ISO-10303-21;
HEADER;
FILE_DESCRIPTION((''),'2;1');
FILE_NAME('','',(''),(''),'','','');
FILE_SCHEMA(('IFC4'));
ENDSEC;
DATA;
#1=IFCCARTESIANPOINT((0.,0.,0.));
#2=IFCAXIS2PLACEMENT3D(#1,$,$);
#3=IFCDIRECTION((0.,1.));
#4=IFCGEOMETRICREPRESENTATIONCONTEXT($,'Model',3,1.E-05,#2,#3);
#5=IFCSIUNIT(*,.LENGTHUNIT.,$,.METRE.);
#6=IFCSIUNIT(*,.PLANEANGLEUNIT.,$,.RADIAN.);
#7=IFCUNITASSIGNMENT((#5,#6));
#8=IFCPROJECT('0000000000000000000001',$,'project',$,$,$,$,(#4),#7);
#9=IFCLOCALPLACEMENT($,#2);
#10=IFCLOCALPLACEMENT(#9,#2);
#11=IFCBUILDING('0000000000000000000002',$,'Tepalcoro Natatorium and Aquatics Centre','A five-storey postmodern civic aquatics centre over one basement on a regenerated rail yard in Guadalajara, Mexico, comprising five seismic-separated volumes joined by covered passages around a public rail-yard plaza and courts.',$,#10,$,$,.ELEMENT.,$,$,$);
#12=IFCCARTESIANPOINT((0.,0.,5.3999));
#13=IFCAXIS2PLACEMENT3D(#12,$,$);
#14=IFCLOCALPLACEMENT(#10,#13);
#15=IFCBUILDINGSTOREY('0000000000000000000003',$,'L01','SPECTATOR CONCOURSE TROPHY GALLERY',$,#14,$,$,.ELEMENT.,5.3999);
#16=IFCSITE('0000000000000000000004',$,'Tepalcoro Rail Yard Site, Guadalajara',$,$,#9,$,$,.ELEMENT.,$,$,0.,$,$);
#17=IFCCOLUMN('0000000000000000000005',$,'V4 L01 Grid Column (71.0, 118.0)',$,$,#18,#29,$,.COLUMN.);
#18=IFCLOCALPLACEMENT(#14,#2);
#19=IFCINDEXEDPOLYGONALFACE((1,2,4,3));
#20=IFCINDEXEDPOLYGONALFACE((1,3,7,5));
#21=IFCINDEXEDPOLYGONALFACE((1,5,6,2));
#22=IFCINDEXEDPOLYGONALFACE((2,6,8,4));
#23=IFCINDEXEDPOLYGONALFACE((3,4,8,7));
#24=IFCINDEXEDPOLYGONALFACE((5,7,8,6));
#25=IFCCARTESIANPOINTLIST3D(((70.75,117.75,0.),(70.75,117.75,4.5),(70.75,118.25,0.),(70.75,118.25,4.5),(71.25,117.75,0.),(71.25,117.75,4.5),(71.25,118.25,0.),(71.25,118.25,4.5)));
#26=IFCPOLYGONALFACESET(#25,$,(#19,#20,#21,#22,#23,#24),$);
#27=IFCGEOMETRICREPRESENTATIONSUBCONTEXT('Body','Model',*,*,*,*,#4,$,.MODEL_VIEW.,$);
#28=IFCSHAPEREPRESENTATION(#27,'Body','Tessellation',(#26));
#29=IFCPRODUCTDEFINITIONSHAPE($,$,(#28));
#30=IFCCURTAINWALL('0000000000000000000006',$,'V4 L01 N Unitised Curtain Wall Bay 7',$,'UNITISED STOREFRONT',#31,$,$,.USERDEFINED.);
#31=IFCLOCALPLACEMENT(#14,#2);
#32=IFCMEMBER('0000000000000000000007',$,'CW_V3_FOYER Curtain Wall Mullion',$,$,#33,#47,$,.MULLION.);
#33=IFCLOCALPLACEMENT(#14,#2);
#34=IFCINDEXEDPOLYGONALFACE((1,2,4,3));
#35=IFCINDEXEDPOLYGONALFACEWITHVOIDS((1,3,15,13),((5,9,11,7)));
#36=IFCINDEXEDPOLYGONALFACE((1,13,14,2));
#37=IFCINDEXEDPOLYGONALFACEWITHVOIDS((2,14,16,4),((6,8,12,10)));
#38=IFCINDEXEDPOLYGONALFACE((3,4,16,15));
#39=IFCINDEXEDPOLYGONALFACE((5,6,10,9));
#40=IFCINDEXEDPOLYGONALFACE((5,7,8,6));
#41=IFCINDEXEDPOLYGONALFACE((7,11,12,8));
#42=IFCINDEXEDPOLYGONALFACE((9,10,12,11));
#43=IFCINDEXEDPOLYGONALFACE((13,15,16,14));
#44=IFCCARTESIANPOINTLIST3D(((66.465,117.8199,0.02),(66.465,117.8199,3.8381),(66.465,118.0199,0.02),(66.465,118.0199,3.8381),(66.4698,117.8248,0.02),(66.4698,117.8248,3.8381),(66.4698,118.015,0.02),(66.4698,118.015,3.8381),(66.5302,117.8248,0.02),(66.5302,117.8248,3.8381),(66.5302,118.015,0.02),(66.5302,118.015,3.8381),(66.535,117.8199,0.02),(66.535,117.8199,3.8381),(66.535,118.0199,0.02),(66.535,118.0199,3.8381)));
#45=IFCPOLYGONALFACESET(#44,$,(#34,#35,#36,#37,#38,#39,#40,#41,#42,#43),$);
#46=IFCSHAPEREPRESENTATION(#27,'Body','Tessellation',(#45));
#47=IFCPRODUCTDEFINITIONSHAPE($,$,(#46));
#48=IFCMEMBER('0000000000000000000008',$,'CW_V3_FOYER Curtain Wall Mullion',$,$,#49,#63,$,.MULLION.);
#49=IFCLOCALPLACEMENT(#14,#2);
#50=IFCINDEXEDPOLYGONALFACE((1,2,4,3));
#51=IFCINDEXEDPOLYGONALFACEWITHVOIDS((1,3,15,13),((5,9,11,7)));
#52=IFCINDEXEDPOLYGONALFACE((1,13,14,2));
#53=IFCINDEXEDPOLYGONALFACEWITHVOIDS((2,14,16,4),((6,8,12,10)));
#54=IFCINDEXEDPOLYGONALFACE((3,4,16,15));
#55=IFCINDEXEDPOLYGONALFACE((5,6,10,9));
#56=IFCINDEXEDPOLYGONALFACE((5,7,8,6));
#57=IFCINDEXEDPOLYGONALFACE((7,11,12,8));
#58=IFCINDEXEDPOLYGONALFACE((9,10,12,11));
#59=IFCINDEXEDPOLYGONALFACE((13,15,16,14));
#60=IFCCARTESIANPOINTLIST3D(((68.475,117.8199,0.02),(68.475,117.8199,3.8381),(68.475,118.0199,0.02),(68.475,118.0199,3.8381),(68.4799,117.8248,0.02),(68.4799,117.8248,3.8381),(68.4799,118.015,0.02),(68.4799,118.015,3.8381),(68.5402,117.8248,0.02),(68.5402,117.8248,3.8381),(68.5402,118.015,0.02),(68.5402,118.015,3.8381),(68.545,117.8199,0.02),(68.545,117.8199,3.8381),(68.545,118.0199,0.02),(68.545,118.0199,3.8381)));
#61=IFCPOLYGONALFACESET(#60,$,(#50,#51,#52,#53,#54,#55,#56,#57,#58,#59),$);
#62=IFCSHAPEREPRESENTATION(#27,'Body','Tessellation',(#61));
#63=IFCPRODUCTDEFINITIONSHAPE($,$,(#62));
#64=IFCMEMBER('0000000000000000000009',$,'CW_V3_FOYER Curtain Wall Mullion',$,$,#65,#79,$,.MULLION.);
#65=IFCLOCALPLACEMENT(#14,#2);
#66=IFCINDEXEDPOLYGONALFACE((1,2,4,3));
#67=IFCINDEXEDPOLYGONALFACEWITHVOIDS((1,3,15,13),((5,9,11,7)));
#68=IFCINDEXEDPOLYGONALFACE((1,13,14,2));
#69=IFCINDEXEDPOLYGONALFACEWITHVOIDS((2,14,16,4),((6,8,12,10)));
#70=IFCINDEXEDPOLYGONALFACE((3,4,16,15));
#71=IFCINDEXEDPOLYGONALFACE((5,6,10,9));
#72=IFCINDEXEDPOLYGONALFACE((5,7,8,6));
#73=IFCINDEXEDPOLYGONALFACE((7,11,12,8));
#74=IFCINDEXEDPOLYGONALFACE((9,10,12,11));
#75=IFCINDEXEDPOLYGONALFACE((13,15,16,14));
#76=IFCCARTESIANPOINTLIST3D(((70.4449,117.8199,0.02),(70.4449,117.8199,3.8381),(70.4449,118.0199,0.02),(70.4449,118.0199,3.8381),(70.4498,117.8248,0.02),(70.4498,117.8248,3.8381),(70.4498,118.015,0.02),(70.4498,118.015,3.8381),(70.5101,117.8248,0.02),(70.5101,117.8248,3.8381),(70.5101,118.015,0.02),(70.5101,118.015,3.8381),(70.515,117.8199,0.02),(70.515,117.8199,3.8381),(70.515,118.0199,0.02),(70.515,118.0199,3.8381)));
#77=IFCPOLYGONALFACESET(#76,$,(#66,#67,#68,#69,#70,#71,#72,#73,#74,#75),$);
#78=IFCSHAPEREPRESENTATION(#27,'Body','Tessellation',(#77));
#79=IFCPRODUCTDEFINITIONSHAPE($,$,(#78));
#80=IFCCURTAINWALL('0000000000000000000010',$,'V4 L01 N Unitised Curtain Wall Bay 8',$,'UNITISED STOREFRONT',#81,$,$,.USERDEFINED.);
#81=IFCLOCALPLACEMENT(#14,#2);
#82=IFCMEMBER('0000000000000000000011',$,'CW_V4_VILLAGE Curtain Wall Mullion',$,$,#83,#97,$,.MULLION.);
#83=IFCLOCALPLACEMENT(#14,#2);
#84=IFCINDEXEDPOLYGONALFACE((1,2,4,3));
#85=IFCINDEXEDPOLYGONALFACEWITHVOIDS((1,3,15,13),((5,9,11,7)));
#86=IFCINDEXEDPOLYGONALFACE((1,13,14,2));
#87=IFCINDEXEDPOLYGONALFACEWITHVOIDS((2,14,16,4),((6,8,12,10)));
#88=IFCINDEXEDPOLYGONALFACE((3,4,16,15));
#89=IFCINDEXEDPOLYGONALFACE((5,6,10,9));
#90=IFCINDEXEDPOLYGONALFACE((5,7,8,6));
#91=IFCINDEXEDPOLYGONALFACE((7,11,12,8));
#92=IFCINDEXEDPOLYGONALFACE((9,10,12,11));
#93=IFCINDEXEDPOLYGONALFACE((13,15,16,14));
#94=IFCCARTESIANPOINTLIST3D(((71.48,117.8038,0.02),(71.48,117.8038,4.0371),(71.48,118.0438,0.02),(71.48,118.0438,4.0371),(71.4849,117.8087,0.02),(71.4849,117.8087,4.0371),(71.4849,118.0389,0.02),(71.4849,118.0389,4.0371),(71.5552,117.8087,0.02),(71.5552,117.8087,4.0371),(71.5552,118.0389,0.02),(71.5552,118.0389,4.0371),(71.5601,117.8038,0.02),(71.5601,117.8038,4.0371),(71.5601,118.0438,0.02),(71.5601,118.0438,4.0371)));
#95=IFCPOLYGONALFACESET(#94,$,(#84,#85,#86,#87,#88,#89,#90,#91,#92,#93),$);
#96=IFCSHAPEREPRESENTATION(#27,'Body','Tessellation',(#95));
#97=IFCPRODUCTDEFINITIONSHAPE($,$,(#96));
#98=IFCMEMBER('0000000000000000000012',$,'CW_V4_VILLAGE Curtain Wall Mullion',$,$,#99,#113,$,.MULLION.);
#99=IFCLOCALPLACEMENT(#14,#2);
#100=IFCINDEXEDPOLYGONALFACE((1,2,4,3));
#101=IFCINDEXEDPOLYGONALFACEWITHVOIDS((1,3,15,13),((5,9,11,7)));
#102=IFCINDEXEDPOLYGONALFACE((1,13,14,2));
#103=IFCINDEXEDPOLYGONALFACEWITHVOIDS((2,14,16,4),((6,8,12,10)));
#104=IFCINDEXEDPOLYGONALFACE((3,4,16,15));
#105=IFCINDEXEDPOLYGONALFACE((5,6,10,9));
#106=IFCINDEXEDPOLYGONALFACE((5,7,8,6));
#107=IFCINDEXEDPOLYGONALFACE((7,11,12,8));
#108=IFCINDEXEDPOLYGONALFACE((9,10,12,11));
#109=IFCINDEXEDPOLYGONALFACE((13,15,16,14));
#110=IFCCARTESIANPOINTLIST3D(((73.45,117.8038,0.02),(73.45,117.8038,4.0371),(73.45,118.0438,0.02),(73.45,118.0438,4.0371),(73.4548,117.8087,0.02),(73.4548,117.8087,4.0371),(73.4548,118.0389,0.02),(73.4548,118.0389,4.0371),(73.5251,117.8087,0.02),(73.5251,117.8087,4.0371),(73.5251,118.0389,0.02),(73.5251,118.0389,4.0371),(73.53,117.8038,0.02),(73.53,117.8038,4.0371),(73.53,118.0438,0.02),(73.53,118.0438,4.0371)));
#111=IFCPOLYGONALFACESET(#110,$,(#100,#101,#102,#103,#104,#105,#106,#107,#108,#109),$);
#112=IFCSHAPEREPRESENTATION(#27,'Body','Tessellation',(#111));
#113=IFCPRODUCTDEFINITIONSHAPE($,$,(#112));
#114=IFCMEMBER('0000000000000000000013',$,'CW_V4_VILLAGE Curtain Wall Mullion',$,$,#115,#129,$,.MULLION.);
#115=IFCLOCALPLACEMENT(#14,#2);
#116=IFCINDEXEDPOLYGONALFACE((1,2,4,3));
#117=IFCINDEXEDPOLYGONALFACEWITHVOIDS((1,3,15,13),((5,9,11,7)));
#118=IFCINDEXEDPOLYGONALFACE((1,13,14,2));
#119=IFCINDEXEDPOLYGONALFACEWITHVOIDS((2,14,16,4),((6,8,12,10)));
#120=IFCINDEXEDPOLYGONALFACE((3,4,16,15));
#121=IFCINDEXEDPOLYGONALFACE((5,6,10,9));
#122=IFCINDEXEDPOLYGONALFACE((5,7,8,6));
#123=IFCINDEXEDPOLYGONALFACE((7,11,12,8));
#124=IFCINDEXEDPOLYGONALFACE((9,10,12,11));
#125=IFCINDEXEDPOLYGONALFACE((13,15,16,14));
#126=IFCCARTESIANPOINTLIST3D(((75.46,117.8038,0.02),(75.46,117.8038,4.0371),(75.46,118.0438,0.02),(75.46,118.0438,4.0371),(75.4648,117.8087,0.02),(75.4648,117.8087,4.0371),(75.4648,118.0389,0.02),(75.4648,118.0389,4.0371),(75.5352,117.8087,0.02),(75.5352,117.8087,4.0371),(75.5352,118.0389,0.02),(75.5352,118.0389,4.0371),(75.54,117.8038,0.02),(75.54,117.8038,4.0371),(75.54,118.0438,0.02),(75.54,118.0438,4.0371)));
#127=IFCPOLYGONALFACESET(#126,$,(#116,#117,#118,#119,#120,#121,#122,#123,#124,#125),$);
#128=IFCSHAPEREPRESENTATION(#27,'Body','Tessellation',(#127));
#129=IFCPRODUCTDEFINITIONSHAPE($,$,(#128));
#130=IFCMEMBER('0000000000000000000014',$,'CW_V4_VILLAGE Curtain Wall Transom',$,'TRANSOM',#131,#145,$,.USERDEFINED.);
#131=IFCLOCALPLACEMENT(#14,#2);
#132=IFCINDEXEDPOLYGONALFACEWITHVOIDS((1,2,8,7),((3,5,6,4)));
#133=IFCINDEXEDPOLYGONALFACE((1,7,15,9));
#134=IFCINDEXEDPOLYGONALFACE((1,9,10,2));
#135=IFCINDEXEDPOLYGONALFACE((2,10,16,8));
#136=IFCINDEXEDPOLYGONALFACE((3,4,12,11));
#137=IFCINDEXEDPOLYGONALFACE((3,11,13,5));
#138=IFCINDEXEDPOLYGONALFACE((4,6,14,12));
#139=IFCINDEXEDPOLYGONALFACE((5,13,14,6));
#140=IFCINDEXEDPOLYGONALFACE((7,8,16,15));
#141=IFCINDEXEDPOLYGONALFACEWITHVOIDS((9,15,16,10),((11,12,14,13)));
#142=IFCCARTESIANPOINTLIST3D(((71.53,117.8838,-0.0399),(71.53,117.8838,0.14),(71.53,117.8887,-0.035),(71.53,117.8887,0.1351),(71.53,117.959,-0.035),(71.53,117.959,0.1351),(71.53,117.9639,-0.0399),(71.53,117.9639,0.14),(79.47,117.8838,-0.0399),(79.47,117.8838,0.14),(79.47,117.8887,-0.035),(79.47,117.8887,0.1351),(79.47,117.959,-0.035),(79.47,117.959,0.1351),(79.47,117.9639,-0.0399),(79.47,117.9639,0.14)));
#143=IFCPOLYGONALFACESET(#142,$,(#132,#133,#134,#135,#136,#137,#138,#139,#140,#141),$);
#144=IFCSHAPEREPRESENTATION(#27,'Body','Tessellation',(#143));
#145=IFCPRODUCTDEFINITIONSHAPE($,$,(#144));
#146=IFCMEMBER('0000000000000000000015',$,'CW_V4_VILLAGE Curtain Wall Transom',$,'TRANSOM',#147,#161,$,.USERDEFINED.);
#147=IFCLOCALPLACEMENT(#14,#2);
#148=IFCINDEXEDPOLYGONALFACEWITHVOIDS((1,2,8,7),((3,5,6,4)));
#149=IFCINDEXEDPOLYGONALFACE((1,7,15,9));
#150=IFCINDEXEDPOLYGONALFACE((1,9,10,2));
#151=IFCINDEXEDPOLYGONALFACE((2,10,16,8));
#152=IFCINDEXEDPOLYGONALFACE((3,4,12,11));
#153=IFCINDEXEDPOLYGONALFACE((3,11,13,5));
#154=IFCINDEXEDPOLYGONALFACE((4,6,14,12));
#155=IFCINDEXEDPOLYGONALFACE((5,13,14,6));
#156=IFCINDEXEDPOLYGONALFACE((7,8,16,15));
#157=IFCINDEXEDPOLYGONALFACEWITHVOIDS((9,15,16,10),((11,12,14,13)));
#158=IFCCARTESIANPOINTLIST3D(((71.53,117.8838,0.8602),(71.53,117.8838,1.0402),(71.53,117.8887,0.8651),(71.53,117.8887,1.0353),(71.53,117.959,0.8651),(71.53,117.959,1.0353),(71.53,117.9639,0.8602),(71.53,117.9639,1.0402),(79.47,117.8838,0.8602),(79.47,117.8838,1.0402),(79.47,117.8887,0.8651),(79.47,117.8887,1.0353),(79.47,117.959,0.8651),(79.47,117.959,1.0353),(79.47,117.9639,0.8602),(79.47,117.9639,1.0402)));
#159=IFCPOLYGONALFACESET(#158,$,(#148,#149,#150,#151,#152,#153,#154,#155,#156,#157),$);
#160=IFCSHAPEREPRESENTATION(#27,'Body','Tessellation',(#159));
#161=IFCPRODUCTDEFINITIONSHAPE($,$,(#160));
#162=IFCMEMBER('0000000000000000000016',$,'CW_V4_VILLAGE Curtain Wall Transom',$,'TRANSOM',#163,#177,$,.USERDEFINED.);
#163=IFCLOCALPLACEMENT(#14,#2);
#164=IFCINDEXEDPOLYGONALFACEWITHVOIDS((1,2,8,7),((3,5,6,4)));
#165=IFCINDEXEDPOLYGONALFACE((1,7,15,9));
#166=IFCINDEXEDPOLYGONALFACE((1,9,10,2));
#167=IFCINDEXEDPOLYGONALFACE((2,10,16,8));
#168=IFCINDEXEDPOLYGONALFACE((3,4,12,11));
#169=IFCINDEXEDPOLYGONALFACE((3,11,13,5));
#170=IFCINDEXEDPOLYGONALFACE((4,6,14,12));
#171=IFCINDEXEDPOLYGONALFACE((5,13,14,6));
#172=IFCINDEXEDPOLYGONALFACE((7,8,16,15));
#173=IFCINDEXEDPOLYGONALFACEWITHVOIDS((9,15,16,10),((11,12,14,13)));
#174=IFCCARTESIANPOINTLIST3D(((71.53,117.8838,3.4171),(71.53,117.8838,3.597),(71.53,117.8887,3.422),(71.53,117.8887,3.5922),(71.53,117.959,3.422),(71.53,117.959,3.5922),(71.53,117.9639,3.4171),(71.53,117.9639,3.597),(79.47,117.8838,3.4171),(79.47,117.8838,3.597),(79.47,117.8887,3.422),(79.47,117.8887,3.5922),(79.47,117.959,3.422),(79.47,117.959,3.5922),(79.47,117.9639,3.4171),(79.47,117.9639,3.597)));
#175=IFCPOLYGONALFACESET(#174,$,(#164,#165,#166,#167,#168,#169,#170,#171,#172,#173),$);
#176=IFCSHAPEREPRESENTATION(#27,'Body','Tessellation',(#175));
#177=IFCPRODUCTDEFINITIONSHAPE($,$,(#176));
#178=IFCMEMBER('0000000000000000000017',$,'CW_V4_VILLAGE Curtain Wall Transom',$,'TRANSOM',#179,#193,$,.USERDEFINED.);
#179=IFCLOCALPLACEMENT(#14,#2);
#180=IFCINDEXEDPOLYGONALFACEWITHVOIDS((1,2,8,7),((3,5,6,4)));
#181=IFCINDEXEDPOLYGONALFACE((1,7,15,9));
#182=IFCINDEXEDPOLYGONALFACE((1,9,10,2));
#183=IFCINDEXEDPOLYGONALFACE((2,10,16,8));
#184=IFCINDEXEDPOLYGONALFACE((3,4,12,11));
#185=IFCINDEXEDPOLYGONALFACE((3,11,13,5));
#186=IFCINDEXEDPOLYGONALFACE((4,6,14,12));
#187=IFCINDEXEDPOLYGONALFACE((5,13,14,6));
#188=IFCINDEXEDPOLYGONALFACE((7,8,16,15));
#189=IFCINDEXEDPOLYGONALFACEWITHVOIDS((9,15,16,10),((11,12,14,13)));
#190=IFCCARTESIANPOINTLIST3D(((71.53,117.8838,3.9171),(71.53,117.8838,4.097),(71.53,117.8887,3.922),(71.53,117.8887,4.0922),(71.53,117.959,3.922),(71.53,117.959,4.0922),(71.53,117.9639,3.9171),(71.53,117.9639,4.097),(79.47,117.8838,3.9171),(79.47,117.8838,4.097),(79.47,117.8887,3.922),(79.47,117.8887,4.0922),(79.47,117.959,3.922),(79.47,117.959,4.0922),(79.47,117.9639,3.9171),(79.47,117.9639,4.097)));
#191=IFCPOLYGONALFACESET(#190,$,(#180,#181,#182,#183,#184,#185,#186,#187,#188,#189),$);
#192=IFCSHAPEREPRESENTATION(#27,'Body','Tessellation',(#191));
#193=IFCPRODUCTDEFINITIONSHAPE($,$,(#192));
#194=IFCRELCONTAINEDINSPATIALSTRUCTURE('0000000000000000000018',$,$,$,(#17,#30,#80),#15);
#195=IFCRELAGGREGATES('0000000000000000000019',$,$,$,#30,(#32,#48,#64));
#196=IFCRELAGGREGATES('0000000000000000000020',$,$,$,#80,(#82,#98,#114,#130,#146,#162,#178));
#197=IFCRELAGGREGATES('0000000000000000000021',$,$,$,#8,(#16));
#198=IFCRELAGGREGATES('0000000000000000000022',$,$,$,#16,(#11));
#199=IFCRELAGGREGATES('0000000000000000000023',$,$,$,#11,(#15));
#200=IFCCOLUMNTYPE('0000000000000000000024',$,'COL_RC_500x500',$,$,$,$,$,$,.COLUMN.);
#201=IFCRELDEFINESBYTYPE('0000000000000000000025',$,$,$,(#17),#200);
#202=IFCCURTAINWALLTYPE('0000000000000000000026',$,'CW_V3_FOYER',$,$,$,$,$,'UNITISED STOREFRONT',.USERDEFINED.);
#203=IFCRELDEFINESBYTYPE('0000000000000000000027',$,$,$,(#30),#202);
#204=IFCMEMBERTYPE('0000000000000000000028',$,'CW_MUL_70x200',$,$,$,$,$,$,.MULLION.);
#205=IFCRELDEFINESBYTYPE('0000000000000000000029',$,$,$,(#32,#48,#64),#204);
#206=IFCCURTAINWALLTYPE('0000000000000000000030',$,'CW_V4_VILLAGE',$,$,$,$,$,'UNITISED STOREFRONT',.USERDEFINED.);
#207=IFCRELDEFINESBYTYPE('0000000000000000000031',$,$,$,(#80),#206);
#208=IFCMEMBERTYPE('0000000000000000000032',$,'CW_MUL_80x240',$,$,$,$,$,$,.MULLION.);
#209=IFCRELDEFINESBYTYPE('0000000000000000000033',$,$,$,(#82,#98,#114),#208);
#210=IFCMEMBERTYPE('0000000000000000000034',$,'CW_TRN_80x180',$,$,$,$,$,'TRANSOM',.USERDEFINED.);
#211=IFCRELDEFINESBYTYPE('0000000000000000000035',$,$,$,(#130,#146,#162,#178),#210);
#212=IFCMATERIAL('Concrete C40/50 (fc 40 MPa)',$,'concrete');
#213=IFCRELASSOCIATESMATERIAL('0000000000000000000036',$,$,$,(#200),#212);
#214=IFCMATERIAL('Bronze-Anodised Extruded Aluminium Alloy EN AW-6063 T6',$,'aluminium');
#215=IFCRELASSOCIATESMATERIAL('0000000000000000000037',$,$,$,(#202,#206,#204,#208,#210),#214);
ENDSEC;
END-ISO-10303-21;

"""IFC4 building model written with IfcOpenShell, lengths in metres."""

from ifc_helpers import new_model, si_unit, direction, frame, origin, origin_2d, place, context, subcontext, project, spatial, rectangle, hollow_rectangle, extrude, material, material_profile, profile_set, type_object, element, aggregate, save


model = new_model("IFC4")

# Units and contexts
model_context = context("Model", 3, precision=1e-05, world=origin(), true_north=direction((0.0, 1.0)))
body_context = subcontext(model_context, "Body", "Model", "MODEL_VIEW")
ifc_project = project(units=[si_unit("LENGTHUNIT", "METRE"), si_unit("PLANEANGLEUNIT", "RADIAN")], contexts=[model_context])

# Site, building, storey
site_placement = place(None, origin())
site = spatial("IfcSite", under=ifc_project, at=site_placement, Name="Tepalcoro Rail Yard Site, Guadalajara", CompositionType="ELEMENT", RefElevation=0.0)
building_placement = place(site_placement, origin())
building = spatial("IfcBuilding", under=site, at=building_placement, Name="Tepalcoro Natatorium and Aquatics Centre", Description="A five-storey postmodern civic aquatics centre over one basement on a regenerated rail yard in Guadalajara, Mexico, comprising five seismic-separated volumes joined by covered passages around a public rail-yard plaza and courts.", CompositionType="ELEMENT")
storey_placement = place(building_placement, frame((0.0, 0.0, 5.3999)))
storey = spatial("IfcBuildingStorey", under=building, at=storey_placement, Name="L01", Description="SPECTATOR CONCOURSE TROPHY GALLERY", CompositionType="ELEMENT", Elevation=5.3999)

# Column
ifc_material_1 = material(Name="Concrete C40/50 (fc 40 MPa)", Category="concrete")
ifc_material_profile_1 = material_profile(ifc_material_1, rectangle(XDim=0.5, YDim=0.5, at=origin_2d()), Name="RC500x500")
ifc_profile_set_1 = profile_set([ifc_material_profile_1], Name="Concrete C40/50 (fc 40 MPa)")
column_type = type_object("IfcColumnType", Name="COL_RC_500x500", PredefinedType="COLUMN", material=ifc_profile_set_1)
column_placement = place(storey_placement, frame((71.0, 118.0, 0.0), z_axis=(0.0, 0.0, 1.0), x_axis=(1.0, 0.0, 0.0)))
element("IfcColumn", 1, at=column_placement, inside=storey, type_object=column_type, Name="V4 L01 Grid Column (71.0, 118.0)", PredefinedType="COLUMN", context=body_context, shape_type="SweptSolid", body=[
    extrude(rectangle(XDim=0.5, YDim=0.5, at=origin_2d()), origin(), (0.0, 0.0, 1.0), 4.5),
])

# Curtain walls, members
ifc_material_2 = material(Name="Bronze-Anodised Extruded Aluminium Alloy EN AW-6063 T6", Category="aluminium")
curtain_wall_type_1 = type_object("IfcCurtainWallType", Name="CW_V3_FOYER", ElementType="UNITISED STOREFRONT", PredefinedType="USERDEFINED", material=ifc_material_2)
curtain_wall_1_placement = place(storey_placement, origin())
curtain_wall_1 = element("IfcCurtainWall", 2, at=curtain_wall_1_placement, inside=storey, type_object=curtain_wall_type_1, Name="V4 L01 N Unitised Curtain Wall Bay 7", ObjectType="UNITISED STOREFRONT", PredefinedType="USERDEFINED")
ifc_material_profile_2 = material_profile(ifc_material_2, hollow_rectangle(XDim=0.0701, YDim=0.2, WallThickness=0.0049, at=origin_2d()), Name="AL70X200X5")
ifc_profile_set_2 = profile_set([ifc_material_profile_2], Name="Bronze-Anodised Extruded Aluminium Alloy EN AW-6063 T6")
member_type_1 = type_object("IfcMemberType", Name="CW_MUL_70x200", PredefinedType="MULLION", material=ifc_profile_set_2)
member_1_placement = place(storey_placement, frame((66.5, 117.9199, 0.02), z_axis=(0.0, 0.0, 1.0), x_axis=(1.0, 0.0, 0.0)))
member_1 = element("IfcMember", 3, at=member_1_placement, type_object=member_type_1, Name="CW_V3_FOYER Curtain Wall Mullion", PredefinedType="MULLION", context=body_context, shape_type="SweptSolid", body=[
    extrude(hollow_rectangle(XDim=0.0701, YDim=0.2, WallThickness=0.0049, at=origin_2d()), origin(), (0.0, 0.0, 1.0), 3.8181),
])
member_2_placement = place(storey_placement, frame((68.51, 117.9199, 0.02), z_axis=(0.0, 0.0, 1.0), x_axis=(1.0, 0.0, 0.0)))
member_2 = element("IfcMember", 4, at=member_2_placement, type_object=member_type_1, Name="CW_V3_FOYER Curtain Wall Mullion", PredefinedType="MULLION", context=body_context, shape_type="SweptSolid", body=[
    extrude(hollow_rectangle(XDim=0.0701, YDim=0.2, WallThickness=0.0049, at=origin_2d()), origin(), (0.0, 0.0, 1.0), 3.8181),
])
member_3_placement = place(storey_placement, frame((70.48, 117.9199, 0.02), z_axis=(0.0, 0.0, 1.0), x_axis=(1.0, 0.0, 0.0)))
member_3 = element("IfcMember", 5, at=member_3_placement, type_object=member_type_1, Name="CW_V3_FOYER Curtain Wall Mullion", PredefinedType="MULLION", context=body_context, shape_type="SweptSolid", body=[
    extrude(hollow_rectangle(XDim=0.0701, YDim=0.2, WallThickness=0.0049, at=origin_2d()), origin(), (0.0, 0.0, 1.0), 3.8181),
])
curtain_wall_type_2 = type_object("IfcCurtainWallType", Name="CW_V4_VILLAGE", ElementType="UNITISED STOREFRONT", PredefinedType="USERDEFINED", material=ifc_material_2)
curtain_wall_2_placement = place(storey_placement, origin())
curtain_wall_2 = element("IfcCurtainWall", 6, at=curtain_wall_2_placement, inside=storey, type_object=curtain_wall_type_2, Name="V4 L01 N Unitised Curtain Wall Bay 8", ObjectType="UNITISED STOREFRONT", PredefinedType="USERDEFINED")
ifc_material_profile_3 = material_profile(ifc_material_2, hollow_rectangle(XDim=0.0801, YDim=0.24, WallThickness=0.0049, at=origin_2d()), Name="AL80X240X5")
ifc_profile_set_3 = profile_set([ifc_material_profile_3], Name="Bronze-Anodised Extruded Aluminium Alloy EN AW-6063 T6")
member_type_2 = type_object("IfcMemberType", Name="CW_MUL_80x240", PredefinedType="MULLION", material=ifc_profile_set_3)
member_4_placement = place(storey_placement, frame((71.52, 117.9238, 0.02), z_axis=(0.0, 0.0, 1.0), x_axis=(1.0, 0.0, 0.0)))
member_4 = element("IfcMember", 7, at=member_4_placement, type_object=member_type_2, Name="CW_V4_VILLAGE Curtain Wall Mullion", PredefinedType="MULLION", context=body_context, shape_type="SweptSolid", body=[
    extrude(hollow_rectangle(XDim=0.0801, YDim=0.24, WallThickness=0.0049, at=origin_2d()), origin(), (0.0, 0.0, 1.0), 4.0171),
])
member_5_placement = place(storey_placement, frame((73.49, 117.9238, 0.02), z_axis=(0.0, 0.0, 1.0), x_axis=(1.0, 0.0, 0.0)))
member_5 = element("IfcMember", 8, at=member_5_placement, type_object=member_type_2, Name="CW_V4_VILLAGE Curtain Wall Mullion", PredefinedType="MULLION", context=body_context, shape_type="SweptSolid", body=[
    extrude(hollow_rectangle(XDim=0.0801, YDim=0.24, WallThickness=0.0049, at=origin_2d()), origin(), (0.0, 0.0, 1.0), 4.0171),
])
member_6_placement = place(storey_placement, frame((75.5, 117.9238, 0.02), z_axis=(0.0, 0.0, 1.0), x_axis=(1.0, 0.0, 0.0)))
member_6 = element("IfcMember", 9, at=member_6_placement, type_object=member_type_2, Name="CW_V4_VILLAGE Curtain Wall Mullion", PredefinedType="MULLION", context=body_context, shape_type="SweptSolid", body=[
    extrude(hollow_rectangle(XDim=0.0801, YDim=0.24, WallThickness=0.0049, at=origin_2d()), origin(), (0.0, 0.0, 1.0), 4.0171),
])
ifc_material_profile_4 = material_profile(ifc_material_2, hollow_rectangle(XDim=0.0801, YDim=0.1799, WallThickness=0.0049, at=origin_2d()), Name="AL80X180X5")
ifc_profile_set_4 = profile_set([ifc_material_profile_4], Name="Bronze-Anodised Extruded Aluminium Alloy EN AW-6063 T6")
member_type_3 = type_object("IfcMemberType", Name="CW_TRN_80x180", ElementType="TRANSOM", PredefinedType="USERDEFINED", material=ifc_profile_set_4)
member_7_placement = place(storey_placement, frame((71.53, 117.9238, 0.05), z_axis=(1.0, 0.0, 0.0), x_axis=(0.0, 1.0, 0.0)))
member_7 = element("IfcMember", 10, at=member_7_placement, type_object=member_type_3, Name="CW_V4_VILLAGE Curtain Wall Transom", ObjectType="TRANSOM", PredefinedType="USERDEFINED", context=body_context, shape_type="SweptSolid", body=[
    extrude(hollow_rectangle(XDim=0.0801, YDim=0.1799, WallThickness=0.0049, at=origin_2d()), origin(), (0.0, 0.0, 1.0), 7.9399),
])
member_8_placement = place(storey_placement, frame((71.53, 117.9238, 0.9502), z_axis=(1.0, 0.0, 0.0), x_axis=(0.0, 1.0, 0.0)))
member_8 = element("IfcMember", 11, at=member_8_placement, type_object=member_type_3, Name="CW_V4_VILLAGE Curtain Wall Transom", ObjectType="TRANSOM", PredefinedType="USERDEFINED", context=body_context, shape_type="SweptSolid", body=[
    extrude(hollow_rectangle(XDim=0.0801, YDim=0.1799, WallThickness=0.0049, at=origin_2d()), origin(), (0.0, 0.0, 1.0), 7.9399),
])
member_9_placement = place(storey_placement, frame((71.53, 117.9238, 3.5071), z_axis=(1.0, 0.0, 0.0), x_axis=(0.0, 1.0, 0.0)))
member_9 = element("IfcMember", 12, at=member_9_placement, type_object=member_type_3, Name="CW_V4_VILLAGE Curtain Wall Transom", ObjectType="TRANSOM", PredefinedType="USERDEFINED", context=body_context, shape_type="SweptSolid", body=[
    extrude(hollow_rectangle(XDim=0.0801, YDim=0.1799, WallThickness=0.0049, at=origin_2d()), origin(), (0.0, 0.0, 1.0), 7.9399),
])
member_10_placement = place(storey_placement, frame((71.53, 117.9238, 4.0071), z_axis=(1.0, 0.0, 0.0), x_axis=(0.0, 1.0, 0.0)))
member_10 = element("IfcMember", 13, at=member_10_placement, type_object=member_type_3, Name="CW_V4_VILLAGE Curtain Wall Transom", ObjectType="TRANSOM", PredefinedType="USERDEFINED", context=body_context, shape_type="SweptSolid", body=[
    extrude(hollow_rectangle(XDim=0.0801, YDim=0.1799, WallThickness=0.0049, at=origin_2d()), origin(), (0.0, 0.0, 1.0), 7.9399),
])

aggregate(curtain_wall_1, [member_1, member_2, member_3])
aggregate(curtain_wall_2, [member_4, member_5, member_6, member_7, member_8, member_9, member_10])

save(model, "model.ifc")
